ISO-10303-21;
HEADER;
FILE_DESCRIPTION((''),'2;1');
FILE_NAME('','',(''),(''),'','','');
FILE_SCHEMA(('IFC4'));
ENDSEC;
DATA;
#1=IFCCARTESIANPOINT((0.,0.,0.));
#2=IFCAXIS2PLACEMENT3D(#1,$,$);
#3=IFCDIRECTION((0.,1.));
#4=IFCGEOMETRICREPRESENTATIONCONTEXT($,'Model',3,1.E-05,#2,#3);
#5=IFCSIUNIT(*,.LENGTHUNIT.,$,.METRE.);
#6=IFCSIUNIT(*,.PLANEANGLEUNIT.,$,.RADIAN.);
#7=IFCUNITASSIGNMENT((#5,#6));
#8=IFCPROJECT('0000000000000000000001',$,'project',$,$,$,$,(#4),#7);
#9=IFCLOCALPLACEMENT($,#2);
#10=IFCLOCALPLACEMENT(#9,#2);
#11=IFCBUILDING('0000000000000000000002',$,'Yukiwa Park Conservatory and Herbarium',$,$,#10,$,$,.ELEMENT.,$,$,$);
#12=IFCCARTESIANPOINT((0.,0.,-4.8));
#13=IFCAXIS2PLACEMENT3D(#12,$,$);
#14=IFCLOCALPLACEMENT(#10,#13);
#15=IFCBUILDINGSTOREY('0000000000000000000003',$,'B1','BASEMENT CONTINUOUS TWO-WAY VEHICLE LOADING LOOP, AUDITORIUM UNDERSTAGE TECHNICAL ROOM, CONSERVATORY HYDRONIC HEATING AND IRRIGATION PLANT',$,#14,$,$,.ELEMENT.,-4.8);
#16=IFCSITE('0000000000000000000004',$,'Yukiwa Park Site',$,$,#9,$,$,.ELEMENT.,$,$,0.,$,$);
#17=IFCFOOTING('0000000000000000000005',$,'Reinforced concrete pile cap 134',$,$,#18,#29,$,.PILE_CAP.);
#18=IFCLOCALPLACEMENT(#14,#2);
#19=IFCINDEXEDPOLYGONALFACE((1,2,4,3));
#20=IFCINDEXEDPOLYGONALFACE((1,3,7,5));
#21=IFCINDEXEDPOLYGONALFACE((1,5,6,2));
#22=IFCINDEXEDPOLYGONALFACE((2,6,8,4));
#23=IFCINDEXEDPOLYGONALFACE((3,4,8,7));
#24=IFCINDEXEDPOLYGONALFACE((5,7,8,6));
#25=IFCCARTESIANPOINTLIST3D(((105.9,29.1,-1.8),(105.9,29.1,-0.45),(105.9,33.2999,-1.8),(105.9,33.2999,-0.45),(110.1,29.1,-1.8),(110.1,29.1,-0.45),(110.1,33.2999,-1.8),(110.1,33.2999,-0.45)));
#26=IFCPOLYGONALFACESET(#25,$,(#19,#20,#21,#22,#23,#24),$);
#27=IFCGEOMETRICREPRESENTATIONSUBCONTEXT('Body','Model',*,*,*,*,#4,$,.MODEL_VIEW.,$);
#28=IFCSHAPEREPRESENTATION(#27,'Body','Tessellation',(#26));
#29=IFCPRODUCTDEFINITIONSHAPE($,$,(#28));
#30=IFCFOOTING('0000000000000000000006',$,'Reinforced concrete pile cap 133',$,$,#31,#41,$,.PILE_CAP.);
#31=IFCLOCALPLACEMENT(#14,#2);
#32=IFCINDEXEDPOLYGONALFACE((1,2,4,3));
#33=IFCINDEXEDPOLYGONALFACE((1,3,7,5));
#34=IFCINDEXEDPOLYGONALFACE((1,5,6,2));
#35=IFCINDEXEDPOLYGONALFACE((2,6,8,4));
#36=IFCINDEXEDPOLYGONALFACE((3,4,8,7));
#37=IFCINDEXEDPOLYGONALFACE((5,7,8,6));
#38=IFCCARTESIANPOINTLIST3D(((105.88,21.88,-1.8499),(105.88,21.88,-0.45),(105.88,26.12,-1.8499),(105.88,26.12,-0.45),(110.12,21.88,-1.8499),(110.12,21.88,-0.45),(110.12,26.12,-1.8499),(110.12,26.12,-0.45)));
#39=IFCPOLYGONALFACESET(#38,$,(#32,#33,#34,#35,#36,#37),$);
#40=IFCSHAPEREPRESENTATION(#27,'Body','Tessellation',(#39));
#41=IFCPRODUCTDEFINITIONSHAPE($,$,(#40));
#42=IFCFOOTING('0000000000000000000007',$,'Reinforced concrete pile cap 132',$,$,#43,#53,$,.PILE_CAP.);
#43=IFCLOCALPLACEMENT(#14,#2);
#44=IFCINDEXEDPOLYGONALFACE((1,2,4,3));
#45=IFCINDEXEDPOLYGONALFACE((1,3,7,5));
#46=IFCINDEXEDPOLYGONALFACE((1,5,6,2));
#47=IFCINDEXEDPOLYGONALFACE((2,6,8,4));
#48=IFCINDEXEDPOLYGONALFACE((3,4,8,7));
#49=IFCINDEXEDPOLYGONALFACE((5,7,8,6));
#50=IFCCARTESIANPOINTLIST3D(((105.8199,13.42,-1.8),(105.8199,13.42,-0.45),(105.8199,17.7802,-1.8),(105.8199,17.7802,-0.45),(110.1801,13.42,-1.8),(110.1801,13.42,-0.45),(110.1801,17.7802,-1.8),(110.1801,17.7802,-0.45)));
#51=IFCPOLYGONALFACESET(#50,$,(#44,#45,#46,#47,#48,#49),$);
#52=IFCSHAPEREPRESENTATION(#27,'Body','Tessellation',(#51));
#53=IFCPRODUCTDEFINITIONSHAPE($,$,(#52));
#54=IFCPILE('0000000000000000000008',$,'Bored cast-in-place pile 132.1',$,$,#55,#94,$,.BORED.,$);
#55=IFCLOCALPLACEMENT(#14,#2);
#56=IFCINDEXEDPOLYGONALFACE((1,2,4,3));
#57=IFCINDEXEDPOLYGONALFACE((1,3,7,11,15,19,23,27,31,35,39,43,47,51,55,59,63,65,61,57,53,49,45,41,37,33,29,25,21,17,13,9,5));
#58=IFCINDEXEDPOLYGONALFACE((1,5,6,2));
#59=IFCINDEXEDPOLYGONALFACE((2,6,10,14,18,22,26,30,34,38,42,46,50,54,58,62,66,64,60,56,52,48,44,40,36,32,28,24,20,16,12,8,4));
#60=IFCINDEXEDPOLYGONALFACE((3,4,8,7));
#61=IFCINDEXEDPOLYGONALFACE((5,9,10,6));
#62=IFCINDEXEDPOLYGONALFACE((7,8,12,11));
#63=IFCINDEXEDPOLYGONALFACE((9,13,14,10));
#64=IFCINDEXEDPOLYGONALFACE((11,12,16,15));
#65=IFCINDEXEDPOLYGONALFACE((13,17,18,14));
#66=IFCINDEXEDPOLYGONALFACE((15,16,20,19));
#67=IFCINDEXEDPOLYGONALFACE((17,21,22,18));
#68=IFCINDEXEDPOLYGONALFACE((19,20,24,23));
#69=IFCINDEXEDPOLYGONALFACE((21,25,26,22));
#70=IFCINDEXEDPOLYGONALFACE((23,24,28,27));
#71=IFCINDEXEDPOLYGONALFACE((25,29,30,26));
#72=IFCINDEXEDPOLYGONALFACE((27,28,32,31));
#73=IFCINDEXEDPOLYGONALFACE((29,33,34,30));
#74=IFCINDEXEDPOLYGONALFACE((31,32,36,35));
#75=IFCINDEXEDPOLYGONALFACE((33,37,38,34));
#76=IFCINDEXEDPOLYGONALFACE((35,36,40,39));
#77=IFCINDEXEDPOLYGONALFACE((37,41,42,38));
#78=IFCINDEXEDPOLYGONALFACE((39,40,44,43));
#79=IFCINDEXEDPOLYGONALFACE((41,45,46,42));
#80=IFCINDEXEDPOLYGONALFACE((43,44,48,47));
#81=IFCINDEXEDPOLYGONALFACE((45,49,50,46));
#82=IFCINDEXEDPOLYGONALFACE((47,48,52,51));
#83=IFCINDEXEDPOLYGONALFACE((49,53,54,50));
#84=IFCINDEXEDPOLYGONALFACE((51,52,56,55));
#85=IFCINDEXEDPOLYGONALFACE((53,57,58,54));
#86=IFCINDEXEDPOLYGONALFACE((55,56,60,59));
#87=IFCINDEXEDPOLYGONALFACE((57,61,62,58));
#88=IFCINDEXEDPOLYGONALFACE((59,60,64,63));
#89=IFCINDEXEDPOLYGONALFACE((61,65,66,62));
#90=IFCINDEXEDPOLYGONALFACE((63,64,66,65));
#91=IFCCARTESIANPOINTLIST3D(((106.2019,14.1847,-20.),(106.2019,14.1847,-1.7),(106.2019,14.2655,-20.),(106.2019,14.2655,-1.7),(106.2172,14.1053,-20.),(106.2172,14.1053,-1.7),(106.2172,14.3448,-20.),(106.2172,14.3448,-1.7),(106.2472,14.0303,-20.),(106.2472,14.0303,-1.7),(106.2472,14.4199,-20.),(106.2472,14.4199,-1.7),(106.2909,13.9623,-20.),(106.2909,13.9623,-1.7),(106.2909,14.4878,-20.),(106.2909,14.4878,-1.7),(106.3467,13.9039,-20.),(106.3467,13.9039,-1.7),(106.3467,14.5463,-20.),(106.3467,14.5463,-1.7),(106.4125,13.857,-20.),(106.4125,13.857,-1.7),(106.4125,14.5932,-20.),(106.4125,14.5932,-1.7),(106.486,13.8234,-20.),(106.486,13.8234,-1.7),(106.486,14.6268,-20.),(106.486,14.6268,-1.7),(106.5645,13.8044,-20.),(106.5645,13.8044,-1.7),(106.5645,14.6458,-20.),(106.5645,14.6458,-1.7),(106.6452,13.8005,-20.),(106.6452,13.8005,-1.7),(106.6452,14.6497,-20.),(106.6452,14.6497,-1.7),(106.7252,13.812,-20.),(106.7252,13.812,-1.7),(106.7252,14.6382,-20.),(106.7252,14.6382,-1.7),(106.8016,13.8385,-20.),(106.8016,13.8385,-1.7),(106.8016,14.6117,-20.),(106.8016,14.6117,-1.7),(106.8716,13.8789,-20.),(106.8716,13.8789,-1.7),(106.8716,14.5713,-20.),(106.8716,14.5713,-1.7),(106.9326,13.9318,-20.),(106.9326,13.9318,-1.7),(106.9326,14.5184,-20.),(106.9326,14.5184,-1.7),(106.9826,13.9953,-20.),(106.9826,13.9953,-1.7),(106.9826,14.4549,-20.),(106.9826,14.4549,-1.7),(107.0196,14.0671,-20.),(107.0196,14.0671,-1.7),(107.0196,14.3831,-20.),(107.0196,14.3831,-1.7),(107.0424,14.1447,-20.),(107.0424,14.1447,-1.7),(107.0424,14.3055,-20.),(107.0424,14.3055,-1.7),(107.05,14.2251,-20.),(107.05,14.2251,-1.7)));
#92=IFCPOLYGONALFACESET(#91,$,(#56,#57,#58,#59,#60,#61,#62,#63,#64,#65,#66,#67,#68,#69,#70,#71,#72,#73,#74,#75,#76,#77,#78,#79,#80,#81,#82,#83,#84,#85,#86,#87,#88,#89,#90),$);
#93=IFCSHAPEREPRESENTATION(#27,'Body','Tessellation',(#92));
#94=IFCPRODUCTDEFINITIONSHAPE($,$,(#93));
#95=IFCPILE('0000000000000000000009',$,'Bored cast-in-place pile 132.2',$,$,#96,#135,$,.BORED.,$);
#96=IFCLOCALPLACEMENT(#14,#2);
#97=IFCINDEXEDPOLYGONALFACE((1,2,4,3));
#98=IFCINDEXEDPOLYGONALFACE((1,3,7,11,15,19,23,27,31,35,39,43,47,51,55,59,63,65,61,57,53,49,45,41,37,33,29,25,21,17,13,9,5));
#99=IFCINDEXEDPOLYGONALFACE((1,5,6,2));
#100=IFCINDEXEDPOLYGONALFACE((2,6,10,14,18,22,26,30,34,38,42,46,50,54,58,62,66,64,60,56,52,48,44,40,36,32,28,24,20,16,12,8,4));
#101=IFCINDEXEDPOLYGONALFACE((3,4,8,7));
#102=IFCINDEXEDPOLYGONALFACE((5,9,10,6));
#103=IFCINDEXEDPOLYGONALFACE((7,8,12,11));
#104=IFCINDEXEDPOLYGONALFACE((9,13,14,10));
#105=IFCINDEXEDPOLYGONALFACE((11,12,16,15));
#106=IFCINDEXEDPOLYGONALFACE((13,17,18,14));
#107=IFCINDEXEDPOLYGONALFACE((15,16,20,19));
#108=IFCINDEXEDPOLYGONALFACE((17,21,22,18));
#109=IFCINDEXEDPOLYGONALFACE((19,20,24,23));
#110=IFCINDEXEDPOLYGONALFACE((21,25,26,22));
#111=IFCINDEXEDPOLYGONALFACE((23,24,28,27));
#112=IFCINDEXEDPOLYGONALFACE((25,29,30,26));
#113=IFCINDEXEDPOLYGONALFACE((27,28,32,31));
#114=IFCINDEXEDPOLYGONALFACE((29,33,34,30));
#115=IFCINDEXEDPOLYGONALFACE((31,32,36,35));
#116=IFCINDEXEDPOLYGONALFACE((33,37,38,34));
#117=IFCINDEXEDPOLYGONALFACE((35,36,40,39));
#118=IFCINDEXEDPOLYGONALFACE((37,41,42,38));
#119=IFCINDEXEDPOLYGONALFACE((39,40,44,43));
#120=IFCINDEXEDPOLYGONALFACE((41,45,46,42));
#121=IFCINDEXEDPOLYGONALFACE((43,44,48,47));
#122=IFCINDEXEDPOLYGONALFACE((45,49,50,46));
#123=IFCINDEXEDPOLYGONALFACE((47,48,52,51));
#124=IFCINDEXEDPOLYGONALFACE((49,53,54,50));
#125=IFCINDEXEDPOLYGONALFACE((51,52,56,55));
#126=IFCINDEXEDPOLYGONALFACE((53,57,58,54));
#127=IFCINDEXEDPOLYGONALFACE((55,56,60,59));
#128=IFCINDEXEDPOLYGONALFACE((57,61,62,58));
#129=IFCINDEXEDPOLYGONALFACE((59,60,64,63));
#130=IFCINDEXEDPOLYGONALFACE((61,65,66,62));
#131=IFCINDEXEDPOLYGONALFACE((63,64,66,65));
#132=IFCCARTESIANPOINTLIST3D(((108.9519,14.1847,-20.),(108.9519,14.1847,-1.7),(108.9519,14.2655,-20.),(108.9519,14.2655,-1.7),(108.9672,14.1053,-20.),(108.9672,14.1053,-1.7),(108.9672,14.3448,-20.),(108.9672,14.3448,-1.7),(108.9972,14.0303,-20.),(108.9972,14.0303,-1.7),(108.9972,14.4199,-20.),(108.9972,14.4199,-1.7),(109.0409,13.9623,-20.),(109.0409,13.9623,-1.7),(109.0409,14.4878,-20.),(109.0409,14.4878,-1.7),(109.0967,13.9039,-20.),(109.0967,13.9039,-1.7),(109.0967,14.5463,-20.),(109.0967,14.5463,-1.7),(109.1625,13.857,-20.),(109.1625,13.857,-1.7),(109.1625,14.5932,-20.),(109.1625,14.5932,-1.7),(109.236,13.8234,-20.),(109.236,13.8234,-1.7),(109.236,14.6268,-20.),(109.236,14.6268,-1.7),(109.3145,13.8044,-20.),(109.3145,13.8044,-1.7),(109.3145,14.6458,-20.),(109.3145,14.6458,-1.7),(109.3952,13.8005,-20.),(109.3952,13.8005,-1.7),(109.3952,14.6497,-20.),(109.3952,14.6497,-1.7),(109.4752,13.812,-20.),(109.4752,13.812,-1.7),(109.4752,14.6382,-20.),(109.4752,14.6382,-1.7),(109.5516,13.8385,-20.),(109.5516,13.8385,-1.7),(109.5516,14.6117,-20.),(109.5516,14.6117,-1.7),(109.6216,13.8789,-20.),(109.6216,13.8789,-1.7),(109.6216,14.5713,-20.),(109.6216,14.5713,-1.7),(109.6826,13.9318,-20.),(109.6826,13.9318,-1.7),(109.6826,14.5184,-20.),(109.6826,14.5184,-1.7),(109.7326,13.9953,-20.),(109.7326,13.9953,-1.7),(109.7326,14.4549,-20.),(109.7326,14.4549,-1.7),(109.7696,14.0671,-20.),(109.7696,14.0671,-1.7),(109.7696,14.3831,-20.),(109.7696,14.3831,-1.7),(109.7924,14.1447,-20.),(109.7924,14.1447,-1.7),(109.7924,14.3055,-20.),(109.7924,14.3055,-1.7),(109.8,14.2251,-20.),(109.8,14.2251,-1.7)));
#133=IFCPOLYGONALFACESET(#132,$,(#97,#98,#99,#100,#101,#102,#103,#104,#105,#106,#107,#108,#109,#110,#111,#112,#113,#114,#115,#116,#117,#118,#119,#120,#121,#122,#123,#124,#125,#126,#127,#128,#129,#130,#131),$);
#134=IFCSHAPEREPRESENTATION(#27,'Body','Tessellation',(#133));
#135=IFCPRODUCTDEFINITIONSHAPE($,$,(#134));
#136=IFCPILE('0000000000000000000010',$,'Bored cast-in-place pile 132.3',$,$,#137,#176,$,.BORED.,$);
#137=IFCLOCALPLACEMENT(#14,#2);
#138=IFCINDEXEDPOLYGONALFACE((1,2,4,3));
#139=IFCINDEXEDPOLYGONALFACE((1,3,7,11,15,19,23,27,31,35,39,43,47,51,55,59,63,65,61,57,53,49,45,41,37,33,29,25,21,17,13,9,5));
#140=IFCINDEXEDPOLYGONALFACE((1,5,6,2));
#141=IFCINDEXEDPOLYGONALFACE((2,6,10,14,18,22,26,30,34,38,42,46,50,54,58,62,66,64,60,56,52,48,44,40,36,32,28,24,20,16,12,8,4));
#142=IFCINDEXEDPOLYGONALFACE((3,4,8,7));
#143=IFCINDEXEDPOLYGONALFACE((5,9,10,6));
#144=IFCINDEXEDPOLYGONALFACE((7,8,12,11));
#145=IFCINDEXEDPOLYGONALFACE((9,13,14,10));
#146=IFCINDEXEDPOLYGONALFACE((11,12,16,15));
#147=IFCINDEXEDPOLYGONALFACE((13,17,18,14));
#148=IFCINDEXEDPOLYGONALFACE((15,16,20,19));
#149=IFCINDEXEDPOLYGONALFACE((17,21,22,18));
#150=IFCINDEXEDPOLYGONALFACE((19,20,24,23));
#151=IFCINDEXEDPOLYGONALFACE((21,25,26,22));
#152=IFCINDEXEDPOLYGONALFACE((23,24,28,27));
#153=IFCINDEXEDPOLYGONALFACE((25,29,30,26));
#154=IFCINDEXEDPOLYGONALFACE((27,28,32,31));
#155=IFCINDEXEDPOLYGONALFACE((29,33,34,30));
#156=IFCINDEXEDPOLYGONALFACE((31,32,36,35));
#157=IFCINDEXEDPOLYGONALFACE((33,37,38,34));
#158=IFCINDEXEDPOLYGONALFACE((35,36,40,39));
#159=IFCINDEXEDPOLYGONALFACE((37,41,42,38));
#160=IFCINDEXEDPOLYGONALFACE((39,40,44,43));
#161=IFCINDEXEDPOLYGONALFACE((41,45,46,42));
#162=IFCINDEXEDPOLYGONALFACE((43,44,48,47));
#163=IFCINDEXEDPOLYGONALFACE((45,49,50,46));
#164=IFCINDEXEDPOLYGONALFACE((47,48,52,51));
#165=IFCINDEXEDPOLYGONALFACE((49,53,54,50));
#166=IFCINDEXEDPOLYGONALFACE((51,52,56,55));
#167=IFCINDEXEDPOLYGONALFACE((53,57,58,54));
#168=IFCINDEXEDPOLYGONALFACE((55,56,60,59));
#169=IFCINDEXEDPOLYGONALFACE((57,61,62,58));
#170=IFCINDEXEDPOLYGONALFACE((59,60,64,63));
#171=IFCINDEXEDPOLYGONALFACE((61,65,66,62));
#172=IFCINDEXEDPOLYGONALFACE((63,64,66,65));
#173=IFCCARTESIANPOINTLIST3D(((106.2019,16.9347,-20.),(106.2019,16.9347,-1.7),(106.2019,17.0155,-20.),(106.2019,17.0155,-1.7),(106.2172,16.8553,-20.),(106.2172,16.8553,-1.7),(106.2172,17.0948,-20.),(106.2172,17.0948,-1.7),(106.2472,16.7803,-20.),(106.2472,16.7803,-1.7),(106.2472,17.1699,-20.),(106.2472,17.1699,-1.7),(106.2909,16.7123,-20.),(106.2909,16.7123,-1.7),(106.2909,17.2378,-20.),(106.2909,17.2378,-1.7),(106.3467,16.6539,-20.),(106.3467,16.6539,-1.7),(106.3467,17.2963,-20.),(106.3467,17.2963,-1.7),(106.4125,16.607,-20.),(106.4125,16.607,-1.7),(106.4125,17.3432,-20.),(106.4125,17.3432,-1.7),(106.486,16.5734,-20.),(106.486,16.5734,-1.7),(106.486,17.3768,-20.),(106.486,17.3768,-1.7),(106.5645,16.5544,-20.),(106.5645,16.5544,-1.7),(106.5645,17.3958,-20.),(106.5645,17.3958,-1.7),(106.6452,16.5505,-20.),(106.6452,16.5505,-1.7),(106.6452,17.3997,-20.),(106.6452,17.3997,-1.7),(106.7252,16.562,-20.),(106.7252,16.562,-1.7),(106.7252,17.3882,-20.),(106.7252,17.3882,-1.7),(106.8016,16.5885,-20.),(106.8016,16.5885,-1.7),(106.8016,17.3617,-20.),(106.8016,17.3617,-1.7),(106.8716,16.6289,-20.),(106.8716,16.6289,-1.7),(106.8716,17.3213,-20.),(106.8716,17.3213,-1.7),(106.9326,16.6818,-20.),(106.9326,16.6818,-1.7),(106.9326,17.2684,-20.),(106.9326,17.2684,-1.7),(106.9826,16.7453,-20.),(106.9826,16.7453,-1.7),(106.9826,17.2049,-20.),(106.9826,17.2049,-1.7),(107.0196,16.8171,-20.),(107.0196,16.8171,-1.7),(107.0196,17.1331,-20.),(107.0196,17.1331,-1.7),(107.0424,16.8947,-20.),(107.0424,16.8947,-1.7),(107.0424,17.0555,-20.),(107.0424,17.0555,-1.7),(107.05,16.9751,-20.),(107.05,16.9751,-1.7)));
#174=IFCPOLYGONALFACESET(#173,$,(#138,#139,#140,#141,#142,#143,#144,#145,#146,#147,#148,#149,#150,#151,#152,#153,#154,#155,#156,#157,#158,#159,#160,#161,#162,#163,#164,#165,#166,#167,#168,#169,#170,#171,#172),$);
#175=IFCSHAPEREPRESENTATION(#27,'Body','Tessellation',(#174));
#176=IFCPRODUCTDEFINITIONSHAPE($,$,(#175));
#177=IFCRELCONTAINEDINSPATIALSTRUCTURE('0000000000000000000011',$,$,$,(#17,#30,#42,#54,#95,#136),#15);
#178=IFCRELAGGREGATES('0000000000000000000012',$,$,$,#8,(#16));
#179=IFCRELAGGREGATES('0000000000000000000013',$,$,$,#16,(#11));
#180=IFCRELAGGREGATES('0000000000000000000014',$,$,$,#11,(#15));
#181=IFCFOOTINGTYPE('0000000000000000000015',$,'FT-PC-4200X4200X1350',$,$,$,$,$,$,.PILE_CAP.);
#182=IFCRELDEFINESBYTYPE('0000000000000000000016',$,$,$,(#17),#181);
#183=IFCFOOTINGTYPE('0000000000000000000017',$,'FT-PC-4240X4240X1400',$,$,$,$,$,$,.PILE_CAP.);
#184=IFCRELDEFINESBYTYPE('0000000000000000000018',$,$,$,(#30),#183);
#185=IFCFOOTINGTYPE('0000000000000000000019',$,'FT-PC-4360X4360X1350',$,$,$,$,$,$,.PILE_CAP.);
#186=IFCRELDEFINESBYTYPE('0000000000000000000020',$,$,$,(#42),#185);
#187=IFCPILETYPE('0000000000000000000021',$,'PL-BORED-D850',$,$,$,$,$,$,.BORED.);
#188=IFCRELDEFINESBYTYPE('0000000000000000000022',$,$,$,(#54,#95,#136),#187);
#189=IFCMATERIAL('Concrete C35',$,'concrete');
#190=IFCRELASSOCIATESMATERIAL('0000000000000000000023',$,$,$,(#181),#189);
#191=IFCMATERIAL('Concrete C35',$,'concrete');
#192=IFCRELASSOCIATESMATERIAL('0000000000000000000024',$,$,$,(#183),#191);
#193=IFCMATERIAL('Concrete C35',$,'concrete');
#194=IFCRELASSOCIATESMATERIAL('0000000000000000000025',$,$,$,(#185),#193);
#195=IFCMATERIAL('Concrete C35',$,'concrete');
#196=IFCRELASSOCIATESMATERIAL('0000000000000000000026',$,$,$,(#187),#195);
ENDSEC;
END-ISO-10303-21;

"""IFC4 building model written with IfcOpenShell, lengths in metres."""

from ifc_helpers import new_model, si_unit, direction, frame, origin, origin_2d, place, context, subcontext, project, spatial, rectangle, circle, extrude, material, material_profile, profile_set, type_object, element, save


model = new_model("IFC4")

# Units and contexts
model_context = context("Model", 3, precision=1e-05, world=origin(), true_north=direction((0.0, 1.0)))
body_context = subcontext(model_context, "Body", "Model", "MODEL_VIEW")
ifc_project = project(units=[si_unit("LENGTHUNIT", "METRE"), si_unit("PLANEANGLEUNIT", "RADIAN")], contexts=[model_context])

# Site, building, storey
site_placement = place(None, origin())
site = spatial("IfcSite", under=ifc_project, at=site_placement, Name="Yukiwa Park Site", CompositionType="ELEMENT", RefElevation=0.0)
building_placement = place(site_placement, origin())
building = spatial("IfcBuilding", under=site, at=building_placement, Name="Yukiwa Park Conservatory and Herbarium", CompositionType="ELEMENT")
storey_placement = place(building_placement, frame((0.0, 0.0, -4.8)))
storey = spatial("IfcBuildingStorey", under=building, at=storey_placement, Name="B1", Description="BASEMENT CONTINUOUS TWO-WAY VEHICLE LOADING LOOP, AUDITORIUM UNDERSTAGE TECHNICAL ROOM, CONSERVATORY HYDRONIC HEATING AND IRRIGATION PLANT", CompositionType="ELEMENT", Elevation=-4.8)

# Footings
ifc_material_1 = material(Name="Concrete C35", Category="concrete")
footing_type_1 = type_object("IfcFootingType", Name="FT-PC-4200X4200X1350", PredefinedType="PILE_CAP", material=ifc_material_1)
footing_1_placement = place(storey_placement, frame((108.0, 31.2, -1.8), z_axis=(0.0, 0.0, 1.0), x_axis=(1.0, 0.0, 0.0)))
element("IfcFooting", 1, at=footing_1_placement, inside=storey, type_object=footing_type_1, Name="Reinforced concrete pile cap 134", PredefinedType="PILE_CAP", context=body_context, shape_type="SweptSolid", body=[
    extrude(rectangle(XDim=4.2, YDim=4.2, at=origin_2d()), origin(), (0.0, 0.0, 1.0), 1.3501),
])
ifc_material_2 = material(Name="Concrete C35", Category="concrete")
footing_type_2 = type_object("IfcFootingType", Name="FT-PC-4240X4240X1400", PredefinedType="PILE_CAP", material=ifc_material_2)
footing_2_placement = place(storey_placement, frame((108.0, 24.0, -1.8499), z_axis=(0.0, 0.0, 1.0), x_axis=(1.0, 0.0, 0.0)))
element("IfcFooting", 2, at=footing_2_placement, inside=storey, type_object=footing_type_2, Name="Reinforced concrete pile cap 133", PredefinedType="PILE_CAP", context=body_context, shape_type="SweptSolid", body=[
    extrude(rectangle(XDim=4.24, YDim=4.24, at=origin_2d()), origin(), (0.0, 0.0, 1.0), 1.3999),
])
ifc_material_3 = material(Name="Concrete C35", Category="concrete")
footing_type_3 = type_object("IfcFootingType", Name="FT-PC-4360X4360X1350", PredefinedType="PILE_CAP", material=ifc_material_3)
footing_3_placement = place(storey_placement, frame((108.0, 15.6001, -1.8), z_axis=(0.0, 0.0, 1.0), x_axis=(1.0, 0.0, 0.0)))
element("IfcFooting", 3, at=footing_3_placement, inside=storey, type_object=footing_type_3, Name="Reinforced concrete pile cap 132", PredefinedType="PILE_CAP", context=body_context, shape_type="SweptSolid", body=[
    extrude(rectangle(XDim=4.3601, YDim=4.3601, at=origin_2d()), origin(), (0.0, 0.0, 1.0), 1.3501),
])

# Piles
ifc_material_4 = material(Name="Concrete C35", Category="concrete")
ifc_material_profile_1 = material_profile(ifc_material_4, circle(Radius=0.425, at=origin_2d()), Name="PILE D850")
ifc_profile_set_1 = profile_set([ifc_material_profile_1], Name="Concrete C35")
pile_type_1 = type_object("IfcPileType", Name="PL-BORED-D850", PredefinedType="BORED", material=ifc_profile_set_1)
for number, where, z_axis, x_axis, name in (
    (4, (106.625, 14.2251, -1.7), (0.0, 0.0, -1.0), (1.0, 0.0, 0.0), "Bored cast-in-place pile 132.1"),
    (5, (109.375, 14.2251, -1.7), (0.0, 0.0, -1.0), (1.0, 0.0, 0.0), "Bored cast-in-place pile 132.2"),
    (6, (106.625, 16.9751, -1.7), (0.0, 0.0, -1.0), (1.0, 0.0, 0.0), "Bored cast-in-place pile 132.3"),
):
    element("IfcPile", number, at=place(storey_placement, frame(where, z_axis=z_axis, x_axis=x_axis)), inside=storey, type_object=pile_type_1, Name=name, PredefinedType="BORED", context=body_context, shape_type="SweptSolid", body=[
        extrude(circle(Radius=0.425, at=origin_2d()), origin(), (0.0, 0.0, 1.0), 18.3),
    ])

save(model, "model.ifc")
